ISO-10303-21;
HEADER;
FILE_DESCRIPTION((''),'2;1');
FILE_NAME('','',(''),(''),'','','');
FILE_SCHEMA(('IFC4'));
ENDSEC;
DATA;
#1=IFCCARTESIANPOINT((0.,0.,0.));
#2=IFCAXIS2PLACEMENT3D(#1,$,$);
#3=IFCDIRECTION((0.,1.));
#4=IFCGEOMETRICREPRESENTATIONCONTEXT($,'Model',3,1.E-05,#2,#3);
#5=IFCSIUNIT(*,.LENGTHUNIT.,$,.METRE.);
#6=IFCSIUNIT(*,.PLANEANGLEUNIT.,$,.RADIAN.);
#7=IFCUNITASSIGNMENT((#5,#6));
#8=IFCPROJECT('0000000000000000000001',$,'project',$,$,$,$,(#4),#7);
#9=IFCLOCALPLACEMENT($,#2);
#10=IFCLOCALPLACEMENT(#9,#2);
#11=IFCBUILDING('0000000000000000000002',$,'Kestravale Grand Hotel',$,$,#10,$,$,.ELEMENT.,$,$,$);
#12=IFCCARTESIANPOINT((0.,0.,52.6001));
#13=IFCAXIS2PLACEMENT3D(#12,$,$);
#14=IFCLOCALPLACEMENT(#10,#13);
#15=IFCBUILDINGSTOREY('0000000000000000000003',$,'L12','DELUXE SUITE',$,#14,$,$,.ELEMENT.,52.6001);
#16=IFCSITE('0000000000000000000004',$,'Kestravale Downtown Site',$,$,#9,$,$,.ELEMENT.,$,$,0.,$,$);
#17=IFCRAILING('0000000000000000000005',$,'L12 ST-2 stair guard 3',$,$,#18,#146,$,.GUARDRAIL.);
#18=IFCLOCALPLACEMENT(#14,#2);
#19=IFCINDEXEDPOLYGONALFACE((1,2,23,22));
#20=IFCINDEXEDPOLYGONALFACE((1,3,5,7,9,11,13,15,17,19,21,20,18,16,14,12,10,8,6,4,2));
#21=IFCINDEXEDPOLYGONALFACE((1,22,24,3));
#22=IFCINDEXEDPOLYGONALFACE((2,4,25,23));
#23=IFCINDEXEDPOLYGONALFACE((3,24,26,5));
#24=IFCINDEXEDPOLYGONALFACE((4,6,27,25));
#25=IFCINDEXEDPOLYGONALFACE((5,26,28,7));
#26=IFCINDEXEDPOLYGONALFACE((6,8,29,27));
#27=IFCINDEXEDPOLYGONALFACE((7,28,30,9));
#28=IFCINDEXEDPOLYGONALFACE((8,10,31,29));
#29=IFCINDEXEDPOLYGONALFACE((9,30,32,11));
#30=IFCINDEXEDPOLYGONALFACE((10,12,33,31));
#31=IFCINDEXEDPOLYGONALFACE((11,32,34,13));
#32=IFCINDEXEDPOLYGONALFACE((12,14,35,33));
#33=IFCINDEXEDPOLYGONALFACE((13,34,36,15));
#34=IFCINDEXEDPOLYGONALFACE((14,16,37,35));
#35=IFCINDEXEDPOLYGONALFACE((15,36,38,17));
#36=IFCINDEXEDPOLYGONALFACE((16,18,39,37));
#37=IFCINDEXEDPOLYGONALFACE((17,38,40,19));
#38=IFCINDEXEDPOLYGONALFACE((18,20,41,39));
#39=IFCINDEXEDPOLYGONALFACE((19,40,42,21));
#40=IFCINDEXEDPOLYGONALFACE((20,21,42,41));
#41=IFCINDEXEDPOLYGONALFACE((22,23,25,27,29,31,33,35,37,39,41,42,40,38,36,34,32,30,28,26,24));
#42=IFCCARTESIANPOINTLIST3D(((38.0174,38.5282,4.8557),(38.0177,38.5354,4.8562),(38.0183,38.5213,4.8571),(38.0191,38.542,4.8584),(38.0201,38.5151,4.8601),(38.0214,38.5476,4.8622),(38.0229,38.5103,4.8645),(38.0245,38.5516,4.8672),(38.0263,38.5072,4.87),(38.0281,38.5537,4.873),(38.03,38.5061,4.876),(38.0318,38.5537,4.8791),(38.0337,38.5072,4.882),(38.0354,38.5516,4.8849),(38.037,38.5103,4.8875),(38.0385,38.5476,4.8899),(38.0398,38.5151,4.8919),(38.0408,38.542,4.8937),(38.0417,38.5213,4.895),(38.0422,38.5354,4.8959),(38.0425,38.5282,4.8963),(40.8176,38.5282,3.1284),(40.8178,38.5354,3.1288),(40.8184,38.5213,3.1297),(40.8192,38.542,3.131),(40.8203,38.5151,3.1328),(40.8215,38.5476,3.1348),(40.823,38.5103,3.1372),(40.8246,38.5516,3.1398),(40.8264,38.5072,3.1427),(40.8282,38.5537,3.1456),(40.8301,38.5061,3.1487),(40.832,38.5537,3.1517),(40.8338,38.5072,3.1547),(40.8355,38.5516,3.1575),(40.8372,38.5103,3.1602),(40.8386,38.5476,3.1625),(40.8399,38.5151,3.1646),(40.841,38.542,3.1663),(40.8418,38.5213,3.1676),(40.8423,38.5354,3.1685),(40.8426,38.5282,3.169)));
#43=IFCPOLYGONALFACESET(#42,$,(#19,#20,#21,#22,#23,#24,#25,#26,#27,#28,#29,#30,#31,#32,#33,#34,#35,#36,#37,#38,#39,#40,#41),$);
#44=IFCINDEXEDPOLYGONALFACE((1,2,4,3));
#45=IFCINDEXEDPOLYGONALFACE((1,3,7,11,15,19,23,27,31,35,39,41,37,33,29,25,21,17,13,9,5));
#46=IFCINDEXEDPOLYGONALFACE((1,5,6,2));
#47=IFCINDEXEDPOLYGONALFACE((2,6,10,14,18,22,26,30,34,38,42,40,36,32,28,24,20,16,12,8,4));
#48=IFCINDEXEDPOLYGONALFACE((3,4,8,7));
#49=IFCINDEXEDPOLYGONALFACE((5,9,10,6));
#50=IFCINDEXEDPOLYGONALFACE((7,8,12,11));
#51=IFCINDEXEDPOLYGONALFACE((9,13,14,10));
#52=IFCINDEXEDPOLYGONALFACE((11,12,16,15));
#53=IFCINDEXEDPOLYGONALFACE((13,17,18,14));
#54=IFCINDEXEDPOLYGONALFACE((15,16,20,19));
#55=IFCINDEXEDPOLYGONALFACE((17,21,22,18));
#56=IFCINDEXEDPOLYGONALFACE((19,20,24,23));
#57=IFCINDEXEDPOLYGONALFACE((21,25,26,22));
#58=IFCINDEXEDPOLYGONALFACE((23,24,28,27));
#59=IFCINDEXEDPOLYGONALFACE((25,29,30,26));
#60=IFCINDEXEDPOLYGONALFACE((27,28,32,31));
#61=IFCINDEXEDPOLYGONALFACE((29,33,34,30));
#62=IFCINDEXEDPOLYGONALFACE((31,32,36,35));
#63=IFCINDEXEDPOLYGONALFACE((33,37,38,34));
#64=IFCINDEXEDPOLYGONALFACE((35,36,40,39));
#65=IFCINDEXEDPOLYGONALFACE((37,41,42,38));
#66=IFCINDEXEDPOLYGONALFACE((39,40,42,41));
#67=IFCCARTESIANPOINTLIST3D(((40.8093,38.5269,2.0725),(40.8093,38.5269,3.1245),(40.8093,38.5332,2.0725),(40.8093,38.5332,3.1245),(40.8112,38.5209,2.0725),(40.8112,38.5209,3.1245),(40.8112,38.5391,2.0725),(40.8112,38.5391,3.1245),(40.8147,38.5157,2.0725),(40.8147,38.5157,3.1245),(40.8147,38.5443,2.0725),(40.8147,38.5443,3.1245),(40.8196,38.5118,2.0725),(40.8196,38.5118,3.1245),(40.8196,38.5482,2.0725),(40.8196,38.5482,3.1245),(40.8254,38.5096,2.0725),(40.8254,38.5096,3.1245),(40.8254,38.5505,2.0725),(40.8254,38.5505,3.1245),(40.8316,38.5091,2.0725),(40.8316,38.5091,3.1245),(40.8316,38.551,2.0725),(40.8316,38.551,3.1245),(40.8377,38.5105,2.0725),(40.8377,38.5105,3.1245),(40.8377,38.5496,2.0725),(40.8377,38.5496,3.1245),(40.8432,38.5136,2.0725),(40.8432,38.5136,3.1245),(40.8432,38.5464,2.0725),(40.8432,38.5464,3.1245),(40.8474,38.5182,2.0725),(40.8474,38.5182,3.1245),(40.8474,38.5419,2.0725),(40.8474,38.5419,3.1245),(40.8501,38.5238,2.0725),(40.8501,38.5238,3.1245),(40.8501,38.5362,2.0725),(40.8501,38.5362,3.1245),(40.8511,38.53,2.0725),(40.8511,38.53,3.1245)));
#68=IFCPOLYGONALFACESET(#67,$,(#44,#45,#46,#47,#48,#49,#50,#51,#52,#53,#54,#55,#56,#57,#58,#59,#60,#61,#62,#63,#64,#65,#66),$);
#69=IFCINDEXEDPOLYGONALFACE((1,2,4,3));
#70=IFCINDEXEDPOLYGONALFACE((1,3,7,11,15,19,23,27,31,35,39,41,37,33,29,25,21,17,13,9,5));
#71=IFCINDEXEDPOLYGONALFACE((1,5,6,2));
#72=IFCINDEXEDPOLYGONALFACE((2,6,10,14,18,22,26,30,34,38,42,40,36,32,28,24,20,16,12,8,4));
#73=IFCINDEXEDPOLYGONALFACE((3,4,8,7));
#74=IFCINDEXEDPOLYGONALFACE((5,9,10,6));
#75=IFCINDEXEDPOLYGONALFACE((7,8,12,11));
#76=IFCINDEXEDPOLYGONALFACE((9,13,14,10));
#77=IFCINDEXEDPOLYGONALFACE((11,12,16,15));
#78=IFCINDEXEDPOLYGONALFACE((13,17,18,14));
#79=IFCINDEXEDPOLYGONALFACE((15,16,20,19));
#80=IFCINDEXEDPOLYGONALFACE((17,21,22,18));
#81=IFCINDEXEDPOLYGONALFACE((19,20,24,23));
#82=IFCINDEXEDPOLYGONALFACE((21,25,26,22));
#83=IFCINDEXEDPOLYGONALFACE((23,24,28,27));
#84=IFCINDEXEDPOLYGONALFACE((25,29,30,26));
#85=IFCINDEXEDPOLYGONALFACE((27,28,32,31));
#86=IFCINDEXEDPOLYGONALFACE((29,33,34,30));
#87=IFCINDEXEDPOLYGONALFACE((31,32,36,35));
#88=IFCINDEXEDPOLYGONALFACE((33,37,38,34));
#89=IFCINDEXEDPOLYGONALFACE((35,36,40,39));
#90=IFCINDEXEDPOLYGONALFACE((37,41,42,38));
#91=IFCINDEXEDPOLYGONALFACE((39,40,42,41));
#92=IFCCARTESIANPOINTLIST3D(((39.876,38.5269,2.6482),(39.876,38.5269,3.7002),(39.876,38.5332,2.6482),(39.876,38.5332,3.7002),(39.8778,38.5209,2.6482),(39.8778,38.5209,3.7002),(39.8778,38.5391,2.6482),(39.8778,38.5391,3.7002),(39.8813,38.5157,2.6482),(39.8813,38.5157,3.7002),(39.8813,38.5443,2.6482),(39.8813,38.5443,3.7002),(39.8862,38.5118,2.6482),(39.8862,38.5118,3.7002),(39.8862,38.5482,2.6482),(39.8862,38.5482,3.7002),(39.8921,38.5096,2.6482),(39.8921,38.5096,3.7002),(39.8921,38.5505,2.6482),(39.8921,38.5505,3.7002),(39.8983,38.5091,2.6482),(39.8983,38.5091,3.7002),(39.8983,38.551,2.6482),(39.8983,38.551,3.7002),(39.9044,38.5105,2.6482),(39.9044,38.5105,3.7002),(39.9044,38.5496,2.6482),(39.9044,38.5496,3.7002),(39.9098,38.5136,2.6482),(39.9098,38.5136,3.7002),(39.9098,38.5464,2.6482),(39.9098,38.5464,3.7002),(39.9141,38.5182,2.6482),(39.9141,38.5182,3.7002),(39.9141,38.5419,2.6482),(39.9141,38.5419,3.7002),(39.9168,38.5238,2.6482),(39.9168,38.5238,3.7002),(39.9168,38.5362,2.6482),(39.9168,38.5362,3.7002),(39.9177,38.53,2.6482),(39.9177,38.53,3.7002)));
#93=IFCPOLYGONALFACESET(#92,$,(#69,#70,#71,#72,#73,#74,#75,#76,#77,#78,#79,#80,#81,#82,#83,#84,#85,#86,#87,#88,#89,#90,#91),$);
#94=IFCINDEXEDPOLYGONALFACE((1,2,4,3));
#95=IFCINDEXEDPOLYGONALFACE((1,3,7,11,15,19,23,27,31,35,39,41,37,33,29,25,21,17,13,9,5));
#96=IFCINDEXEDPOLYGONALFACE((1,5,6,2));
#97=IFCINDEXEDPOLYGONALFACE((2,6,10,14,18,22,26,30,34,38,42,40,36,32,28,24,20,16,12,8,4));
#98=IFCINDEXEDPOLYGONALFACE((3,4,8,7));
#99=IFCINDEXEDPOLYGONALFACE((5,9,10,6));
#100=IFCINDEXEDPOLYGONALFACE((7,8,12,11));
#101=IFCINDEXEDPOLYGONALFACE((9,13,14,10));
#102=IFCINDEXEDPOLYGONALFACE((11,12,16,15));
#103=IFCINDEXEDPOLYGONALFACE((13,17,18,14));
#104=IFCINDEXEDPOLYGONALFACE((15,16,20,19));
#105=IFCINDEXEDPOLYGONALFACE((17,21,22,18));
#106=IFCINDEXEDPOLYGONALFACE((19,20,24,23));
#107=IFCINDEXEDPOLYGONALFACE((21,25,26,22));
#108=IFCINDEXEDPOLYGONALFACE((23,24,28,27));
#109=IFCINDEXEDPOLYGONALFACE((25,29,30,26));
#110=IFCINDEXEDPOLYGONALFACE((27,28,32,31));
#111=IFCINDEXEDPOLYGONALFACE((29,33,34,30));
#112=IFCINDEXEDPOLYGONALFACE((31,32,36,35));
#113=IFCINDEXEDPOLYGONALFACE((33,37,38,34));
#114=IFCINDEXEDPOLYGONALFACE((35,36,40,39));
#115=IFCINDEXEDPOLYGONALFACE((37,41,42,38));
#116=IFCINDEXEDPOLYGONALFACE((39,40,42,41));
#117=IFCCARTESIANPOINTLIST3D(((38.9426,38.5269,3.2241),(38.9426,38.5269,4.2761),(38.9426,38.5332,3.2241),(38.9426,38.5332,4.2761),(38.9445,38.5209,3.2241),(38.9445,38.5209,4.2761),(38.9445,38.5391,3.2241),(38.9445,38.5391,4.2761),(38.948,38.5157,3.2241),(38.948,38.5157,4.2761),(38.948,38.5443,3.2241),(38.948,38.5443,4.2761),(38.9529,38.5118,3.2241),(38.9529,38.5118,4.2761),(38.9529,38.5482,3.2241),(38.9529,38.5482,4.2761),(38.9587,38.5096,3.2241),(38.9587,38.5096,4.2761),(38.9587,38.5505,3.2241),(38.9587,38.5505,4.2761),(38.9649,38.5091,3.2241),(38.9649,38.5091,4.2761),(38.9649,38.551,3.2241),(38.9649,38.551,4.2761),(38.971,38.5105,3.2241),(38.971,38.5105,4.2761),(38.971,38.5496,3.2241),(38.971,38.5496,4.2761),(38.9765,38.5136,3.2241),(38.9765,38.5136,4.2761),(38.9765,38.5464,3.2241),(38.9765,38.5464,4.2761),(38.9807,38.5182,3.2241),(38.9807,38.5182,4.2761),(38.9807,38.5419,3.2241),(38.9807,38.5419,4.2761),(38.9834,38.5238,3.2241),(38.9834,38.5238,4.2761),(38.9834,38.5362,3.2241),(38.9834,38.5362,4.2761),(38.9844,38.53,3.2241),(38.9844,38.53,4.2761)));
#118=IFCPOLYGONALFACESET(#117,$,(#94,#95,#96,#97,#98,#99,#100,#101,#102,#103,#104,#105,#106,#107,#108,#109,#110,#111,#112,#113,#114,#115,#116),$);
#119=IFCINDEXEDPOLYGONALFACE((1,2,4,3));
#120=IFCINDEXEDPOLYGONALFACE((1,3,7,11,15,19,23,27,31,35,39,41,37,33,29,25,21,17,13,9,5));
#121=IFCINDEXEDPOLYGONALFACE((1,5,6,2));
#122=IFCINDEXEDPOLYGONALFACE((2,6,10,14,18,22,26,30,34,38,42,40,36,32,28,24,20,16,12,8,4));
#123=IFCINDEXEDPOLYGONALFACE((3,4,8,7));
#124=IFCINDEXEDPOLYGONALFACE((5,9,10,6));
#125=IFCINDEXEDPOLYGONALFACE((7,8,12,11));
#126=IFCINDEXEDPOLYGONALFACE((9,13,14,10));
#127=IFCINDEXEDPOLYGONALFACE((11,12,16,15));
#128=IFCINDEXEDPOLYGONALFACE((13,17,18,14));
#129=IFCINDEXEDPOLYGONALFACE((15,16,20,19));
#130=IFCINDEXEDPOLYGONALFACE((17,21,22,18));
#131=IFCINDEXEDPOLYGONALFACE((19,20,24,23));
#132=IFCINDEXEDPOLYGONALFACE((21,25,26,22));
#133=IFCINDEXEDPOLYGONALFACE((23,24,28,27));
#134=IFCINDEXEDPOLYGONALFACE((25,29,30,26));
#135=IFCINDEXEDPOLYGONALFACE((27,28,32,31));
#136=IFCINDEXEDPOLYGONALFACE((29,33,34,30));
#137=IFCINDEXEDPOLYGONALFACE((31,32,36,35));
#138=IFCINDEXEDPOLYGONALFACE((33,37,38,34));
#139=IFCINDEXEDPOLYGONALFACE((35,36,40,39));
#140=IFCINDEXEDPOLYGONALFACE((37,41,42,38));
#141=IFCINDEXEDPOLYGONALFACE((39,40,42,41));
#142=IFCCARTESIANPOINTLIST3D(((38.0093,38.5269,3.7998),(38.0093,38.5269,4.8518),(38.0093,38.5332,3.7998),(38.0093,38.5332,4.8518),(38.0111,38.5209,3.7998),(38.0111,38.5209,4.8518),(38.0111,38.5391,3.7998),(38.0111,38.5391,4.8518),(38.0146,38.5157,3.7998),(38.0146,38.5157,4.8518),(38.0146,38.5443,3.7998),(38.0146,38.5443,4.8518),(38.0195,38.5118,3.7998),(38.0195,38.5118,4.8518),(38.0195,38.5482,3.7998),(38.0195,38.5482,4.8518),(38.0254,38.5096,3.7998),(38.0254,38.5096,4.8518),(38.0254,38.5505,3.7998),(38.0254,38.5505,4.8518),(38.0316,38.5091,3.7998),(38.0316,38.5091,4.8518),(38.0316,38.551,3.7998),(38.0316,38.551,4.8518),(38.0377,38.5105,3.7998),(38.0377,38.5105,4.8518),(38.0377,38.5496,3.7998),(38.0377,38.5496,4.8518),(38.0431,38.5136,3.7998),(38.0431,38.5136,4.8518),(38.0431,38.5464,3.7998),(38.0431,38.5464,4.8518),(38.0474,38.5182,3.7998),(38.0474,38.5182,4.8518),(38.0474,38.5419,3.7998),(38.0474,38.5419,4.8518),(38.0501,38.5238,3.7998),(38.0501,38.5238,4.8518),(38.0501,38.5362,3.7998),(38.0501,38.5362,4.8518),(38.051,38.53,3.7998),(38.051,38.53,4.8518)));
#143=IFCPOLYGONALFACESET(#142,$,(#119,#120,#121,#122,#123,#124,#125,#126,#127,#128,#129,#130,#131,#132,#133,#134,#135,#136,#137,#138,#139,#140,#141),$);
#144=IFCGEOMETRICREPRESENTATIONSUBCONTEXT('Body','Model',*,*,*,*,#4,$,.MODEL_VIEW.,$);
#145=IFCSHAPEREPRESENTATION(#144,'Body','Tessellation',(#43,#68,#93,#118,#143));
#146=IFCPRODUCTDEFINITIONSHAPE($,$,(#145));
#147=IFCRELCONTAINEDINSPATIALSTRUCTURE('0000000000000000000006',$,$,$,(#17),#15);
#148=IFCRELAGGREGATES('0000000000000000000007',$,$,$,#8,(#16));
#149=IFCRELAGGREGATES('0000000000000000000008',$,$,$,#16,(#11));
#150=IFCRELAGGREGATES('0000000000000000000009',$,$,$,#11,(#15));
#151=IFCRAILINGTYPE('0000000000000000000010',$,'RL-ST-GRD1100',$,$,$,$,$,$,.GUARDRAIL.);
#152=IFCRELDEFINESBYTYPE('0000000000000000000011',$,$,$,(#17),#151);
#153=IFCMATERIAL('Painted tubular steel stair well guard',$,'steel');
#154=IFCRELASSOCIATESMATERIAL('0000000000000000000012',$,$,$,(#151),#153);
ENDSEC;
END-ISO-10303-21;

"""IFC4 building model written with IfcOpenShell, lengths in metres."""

from ifc_helpers import new_model, si_unit, direction, frame, origin, origin_2d, place, context, subcontext, project, spatial, circle, extrude, material, type_object, element, save


model = new_model("IFC4")

# Units and contexts
model_context = context("Model", 3, precision=1e-05, world=origin(), true_north=direction((0.0, 1.0)))
body_context = subcontext(model_context, "Body", "Model", "MODEL_VIEW")
ifc_project = project(units=[si_unit("LENGTHUNIT", "METRE"), si_unit("PLANEANGLEUNIT", "RADIAN")], contexts=[model_context])

# Site, building, storey
site_placement = place(None, origin())
site = spatial("IfcSite", under=ifc_project, at=site_placement, Name="Kestravale Downtown Site", CompositionType="ELEMENT", RefElevation=0.0)
building_placement = place(site_placement, origin())
building = spatial("IfcBuilding", under=site, at=building_placement, Name="Kestravale Grand Hotel", CompositionType="ELEMENT")
storey_placement = place(building_placement, frame((0.0, 0.0, 52.6001)))
storey = spatial("IfcBuildingStorey", under=building, at=storey_placement, Name="L12", Description="DELUXE SUITE", CompositionType="ELEMENT", Elevation=52.6001)

# Railing
ifc_material_1 = material(Name="Painted tubular steel stair well guard", Category="steel")
railing_type_1 = type_object("IfcRailingType", Name="RL-ST-GRD1100", PredefinedType="GUARDRAIL", material=ifc_material_1)
railing_1_placement = place(storey_placement, frame((40.8301, 38.53, 2.0725)))
element("IfcRailing", 1, at=railing_1_placement, inside=storey, type_object=railing_type_1, Name="L12 ST-2 stair guard 3", PredefinedType="GUARDRAIL", context=body_context, shape_type="SweptSolid", body=[
    extrude(circle(Radius=0.0239, at=origin_2d()), frame((0.0, 0.0, 1.0762), z_axis=(-0.85109, 0.0, 0.52502), x_axis=(0.0, -1.0, 0.0)), (0.0, 0.0, 1.0), 3.29),
    extrude(circle(Radius=0.021, at=origin_2d()), origin(), (0.0, 0.0, 1.0), 1.052),
    extrude(circle(Radius=0.021, at=origin_2d()), frame((-0.9333, 0.0, 0.5757)), (0.0, 0.0, 1.0), 1.052),
    extrude(circle(Radius=0.021, at=origin_2d()), frame((-1.8667, 0.0, 1.1516)), (0.0, 0.0, 1.0), 1.052),
    extrude(circle(Radius=0.021, at=origin_2d()), frame((-2.8, 0.0, 1.7273)), (0.0, 0.0, 1.0), 1.052),
])

save(model, "model.ifc")
